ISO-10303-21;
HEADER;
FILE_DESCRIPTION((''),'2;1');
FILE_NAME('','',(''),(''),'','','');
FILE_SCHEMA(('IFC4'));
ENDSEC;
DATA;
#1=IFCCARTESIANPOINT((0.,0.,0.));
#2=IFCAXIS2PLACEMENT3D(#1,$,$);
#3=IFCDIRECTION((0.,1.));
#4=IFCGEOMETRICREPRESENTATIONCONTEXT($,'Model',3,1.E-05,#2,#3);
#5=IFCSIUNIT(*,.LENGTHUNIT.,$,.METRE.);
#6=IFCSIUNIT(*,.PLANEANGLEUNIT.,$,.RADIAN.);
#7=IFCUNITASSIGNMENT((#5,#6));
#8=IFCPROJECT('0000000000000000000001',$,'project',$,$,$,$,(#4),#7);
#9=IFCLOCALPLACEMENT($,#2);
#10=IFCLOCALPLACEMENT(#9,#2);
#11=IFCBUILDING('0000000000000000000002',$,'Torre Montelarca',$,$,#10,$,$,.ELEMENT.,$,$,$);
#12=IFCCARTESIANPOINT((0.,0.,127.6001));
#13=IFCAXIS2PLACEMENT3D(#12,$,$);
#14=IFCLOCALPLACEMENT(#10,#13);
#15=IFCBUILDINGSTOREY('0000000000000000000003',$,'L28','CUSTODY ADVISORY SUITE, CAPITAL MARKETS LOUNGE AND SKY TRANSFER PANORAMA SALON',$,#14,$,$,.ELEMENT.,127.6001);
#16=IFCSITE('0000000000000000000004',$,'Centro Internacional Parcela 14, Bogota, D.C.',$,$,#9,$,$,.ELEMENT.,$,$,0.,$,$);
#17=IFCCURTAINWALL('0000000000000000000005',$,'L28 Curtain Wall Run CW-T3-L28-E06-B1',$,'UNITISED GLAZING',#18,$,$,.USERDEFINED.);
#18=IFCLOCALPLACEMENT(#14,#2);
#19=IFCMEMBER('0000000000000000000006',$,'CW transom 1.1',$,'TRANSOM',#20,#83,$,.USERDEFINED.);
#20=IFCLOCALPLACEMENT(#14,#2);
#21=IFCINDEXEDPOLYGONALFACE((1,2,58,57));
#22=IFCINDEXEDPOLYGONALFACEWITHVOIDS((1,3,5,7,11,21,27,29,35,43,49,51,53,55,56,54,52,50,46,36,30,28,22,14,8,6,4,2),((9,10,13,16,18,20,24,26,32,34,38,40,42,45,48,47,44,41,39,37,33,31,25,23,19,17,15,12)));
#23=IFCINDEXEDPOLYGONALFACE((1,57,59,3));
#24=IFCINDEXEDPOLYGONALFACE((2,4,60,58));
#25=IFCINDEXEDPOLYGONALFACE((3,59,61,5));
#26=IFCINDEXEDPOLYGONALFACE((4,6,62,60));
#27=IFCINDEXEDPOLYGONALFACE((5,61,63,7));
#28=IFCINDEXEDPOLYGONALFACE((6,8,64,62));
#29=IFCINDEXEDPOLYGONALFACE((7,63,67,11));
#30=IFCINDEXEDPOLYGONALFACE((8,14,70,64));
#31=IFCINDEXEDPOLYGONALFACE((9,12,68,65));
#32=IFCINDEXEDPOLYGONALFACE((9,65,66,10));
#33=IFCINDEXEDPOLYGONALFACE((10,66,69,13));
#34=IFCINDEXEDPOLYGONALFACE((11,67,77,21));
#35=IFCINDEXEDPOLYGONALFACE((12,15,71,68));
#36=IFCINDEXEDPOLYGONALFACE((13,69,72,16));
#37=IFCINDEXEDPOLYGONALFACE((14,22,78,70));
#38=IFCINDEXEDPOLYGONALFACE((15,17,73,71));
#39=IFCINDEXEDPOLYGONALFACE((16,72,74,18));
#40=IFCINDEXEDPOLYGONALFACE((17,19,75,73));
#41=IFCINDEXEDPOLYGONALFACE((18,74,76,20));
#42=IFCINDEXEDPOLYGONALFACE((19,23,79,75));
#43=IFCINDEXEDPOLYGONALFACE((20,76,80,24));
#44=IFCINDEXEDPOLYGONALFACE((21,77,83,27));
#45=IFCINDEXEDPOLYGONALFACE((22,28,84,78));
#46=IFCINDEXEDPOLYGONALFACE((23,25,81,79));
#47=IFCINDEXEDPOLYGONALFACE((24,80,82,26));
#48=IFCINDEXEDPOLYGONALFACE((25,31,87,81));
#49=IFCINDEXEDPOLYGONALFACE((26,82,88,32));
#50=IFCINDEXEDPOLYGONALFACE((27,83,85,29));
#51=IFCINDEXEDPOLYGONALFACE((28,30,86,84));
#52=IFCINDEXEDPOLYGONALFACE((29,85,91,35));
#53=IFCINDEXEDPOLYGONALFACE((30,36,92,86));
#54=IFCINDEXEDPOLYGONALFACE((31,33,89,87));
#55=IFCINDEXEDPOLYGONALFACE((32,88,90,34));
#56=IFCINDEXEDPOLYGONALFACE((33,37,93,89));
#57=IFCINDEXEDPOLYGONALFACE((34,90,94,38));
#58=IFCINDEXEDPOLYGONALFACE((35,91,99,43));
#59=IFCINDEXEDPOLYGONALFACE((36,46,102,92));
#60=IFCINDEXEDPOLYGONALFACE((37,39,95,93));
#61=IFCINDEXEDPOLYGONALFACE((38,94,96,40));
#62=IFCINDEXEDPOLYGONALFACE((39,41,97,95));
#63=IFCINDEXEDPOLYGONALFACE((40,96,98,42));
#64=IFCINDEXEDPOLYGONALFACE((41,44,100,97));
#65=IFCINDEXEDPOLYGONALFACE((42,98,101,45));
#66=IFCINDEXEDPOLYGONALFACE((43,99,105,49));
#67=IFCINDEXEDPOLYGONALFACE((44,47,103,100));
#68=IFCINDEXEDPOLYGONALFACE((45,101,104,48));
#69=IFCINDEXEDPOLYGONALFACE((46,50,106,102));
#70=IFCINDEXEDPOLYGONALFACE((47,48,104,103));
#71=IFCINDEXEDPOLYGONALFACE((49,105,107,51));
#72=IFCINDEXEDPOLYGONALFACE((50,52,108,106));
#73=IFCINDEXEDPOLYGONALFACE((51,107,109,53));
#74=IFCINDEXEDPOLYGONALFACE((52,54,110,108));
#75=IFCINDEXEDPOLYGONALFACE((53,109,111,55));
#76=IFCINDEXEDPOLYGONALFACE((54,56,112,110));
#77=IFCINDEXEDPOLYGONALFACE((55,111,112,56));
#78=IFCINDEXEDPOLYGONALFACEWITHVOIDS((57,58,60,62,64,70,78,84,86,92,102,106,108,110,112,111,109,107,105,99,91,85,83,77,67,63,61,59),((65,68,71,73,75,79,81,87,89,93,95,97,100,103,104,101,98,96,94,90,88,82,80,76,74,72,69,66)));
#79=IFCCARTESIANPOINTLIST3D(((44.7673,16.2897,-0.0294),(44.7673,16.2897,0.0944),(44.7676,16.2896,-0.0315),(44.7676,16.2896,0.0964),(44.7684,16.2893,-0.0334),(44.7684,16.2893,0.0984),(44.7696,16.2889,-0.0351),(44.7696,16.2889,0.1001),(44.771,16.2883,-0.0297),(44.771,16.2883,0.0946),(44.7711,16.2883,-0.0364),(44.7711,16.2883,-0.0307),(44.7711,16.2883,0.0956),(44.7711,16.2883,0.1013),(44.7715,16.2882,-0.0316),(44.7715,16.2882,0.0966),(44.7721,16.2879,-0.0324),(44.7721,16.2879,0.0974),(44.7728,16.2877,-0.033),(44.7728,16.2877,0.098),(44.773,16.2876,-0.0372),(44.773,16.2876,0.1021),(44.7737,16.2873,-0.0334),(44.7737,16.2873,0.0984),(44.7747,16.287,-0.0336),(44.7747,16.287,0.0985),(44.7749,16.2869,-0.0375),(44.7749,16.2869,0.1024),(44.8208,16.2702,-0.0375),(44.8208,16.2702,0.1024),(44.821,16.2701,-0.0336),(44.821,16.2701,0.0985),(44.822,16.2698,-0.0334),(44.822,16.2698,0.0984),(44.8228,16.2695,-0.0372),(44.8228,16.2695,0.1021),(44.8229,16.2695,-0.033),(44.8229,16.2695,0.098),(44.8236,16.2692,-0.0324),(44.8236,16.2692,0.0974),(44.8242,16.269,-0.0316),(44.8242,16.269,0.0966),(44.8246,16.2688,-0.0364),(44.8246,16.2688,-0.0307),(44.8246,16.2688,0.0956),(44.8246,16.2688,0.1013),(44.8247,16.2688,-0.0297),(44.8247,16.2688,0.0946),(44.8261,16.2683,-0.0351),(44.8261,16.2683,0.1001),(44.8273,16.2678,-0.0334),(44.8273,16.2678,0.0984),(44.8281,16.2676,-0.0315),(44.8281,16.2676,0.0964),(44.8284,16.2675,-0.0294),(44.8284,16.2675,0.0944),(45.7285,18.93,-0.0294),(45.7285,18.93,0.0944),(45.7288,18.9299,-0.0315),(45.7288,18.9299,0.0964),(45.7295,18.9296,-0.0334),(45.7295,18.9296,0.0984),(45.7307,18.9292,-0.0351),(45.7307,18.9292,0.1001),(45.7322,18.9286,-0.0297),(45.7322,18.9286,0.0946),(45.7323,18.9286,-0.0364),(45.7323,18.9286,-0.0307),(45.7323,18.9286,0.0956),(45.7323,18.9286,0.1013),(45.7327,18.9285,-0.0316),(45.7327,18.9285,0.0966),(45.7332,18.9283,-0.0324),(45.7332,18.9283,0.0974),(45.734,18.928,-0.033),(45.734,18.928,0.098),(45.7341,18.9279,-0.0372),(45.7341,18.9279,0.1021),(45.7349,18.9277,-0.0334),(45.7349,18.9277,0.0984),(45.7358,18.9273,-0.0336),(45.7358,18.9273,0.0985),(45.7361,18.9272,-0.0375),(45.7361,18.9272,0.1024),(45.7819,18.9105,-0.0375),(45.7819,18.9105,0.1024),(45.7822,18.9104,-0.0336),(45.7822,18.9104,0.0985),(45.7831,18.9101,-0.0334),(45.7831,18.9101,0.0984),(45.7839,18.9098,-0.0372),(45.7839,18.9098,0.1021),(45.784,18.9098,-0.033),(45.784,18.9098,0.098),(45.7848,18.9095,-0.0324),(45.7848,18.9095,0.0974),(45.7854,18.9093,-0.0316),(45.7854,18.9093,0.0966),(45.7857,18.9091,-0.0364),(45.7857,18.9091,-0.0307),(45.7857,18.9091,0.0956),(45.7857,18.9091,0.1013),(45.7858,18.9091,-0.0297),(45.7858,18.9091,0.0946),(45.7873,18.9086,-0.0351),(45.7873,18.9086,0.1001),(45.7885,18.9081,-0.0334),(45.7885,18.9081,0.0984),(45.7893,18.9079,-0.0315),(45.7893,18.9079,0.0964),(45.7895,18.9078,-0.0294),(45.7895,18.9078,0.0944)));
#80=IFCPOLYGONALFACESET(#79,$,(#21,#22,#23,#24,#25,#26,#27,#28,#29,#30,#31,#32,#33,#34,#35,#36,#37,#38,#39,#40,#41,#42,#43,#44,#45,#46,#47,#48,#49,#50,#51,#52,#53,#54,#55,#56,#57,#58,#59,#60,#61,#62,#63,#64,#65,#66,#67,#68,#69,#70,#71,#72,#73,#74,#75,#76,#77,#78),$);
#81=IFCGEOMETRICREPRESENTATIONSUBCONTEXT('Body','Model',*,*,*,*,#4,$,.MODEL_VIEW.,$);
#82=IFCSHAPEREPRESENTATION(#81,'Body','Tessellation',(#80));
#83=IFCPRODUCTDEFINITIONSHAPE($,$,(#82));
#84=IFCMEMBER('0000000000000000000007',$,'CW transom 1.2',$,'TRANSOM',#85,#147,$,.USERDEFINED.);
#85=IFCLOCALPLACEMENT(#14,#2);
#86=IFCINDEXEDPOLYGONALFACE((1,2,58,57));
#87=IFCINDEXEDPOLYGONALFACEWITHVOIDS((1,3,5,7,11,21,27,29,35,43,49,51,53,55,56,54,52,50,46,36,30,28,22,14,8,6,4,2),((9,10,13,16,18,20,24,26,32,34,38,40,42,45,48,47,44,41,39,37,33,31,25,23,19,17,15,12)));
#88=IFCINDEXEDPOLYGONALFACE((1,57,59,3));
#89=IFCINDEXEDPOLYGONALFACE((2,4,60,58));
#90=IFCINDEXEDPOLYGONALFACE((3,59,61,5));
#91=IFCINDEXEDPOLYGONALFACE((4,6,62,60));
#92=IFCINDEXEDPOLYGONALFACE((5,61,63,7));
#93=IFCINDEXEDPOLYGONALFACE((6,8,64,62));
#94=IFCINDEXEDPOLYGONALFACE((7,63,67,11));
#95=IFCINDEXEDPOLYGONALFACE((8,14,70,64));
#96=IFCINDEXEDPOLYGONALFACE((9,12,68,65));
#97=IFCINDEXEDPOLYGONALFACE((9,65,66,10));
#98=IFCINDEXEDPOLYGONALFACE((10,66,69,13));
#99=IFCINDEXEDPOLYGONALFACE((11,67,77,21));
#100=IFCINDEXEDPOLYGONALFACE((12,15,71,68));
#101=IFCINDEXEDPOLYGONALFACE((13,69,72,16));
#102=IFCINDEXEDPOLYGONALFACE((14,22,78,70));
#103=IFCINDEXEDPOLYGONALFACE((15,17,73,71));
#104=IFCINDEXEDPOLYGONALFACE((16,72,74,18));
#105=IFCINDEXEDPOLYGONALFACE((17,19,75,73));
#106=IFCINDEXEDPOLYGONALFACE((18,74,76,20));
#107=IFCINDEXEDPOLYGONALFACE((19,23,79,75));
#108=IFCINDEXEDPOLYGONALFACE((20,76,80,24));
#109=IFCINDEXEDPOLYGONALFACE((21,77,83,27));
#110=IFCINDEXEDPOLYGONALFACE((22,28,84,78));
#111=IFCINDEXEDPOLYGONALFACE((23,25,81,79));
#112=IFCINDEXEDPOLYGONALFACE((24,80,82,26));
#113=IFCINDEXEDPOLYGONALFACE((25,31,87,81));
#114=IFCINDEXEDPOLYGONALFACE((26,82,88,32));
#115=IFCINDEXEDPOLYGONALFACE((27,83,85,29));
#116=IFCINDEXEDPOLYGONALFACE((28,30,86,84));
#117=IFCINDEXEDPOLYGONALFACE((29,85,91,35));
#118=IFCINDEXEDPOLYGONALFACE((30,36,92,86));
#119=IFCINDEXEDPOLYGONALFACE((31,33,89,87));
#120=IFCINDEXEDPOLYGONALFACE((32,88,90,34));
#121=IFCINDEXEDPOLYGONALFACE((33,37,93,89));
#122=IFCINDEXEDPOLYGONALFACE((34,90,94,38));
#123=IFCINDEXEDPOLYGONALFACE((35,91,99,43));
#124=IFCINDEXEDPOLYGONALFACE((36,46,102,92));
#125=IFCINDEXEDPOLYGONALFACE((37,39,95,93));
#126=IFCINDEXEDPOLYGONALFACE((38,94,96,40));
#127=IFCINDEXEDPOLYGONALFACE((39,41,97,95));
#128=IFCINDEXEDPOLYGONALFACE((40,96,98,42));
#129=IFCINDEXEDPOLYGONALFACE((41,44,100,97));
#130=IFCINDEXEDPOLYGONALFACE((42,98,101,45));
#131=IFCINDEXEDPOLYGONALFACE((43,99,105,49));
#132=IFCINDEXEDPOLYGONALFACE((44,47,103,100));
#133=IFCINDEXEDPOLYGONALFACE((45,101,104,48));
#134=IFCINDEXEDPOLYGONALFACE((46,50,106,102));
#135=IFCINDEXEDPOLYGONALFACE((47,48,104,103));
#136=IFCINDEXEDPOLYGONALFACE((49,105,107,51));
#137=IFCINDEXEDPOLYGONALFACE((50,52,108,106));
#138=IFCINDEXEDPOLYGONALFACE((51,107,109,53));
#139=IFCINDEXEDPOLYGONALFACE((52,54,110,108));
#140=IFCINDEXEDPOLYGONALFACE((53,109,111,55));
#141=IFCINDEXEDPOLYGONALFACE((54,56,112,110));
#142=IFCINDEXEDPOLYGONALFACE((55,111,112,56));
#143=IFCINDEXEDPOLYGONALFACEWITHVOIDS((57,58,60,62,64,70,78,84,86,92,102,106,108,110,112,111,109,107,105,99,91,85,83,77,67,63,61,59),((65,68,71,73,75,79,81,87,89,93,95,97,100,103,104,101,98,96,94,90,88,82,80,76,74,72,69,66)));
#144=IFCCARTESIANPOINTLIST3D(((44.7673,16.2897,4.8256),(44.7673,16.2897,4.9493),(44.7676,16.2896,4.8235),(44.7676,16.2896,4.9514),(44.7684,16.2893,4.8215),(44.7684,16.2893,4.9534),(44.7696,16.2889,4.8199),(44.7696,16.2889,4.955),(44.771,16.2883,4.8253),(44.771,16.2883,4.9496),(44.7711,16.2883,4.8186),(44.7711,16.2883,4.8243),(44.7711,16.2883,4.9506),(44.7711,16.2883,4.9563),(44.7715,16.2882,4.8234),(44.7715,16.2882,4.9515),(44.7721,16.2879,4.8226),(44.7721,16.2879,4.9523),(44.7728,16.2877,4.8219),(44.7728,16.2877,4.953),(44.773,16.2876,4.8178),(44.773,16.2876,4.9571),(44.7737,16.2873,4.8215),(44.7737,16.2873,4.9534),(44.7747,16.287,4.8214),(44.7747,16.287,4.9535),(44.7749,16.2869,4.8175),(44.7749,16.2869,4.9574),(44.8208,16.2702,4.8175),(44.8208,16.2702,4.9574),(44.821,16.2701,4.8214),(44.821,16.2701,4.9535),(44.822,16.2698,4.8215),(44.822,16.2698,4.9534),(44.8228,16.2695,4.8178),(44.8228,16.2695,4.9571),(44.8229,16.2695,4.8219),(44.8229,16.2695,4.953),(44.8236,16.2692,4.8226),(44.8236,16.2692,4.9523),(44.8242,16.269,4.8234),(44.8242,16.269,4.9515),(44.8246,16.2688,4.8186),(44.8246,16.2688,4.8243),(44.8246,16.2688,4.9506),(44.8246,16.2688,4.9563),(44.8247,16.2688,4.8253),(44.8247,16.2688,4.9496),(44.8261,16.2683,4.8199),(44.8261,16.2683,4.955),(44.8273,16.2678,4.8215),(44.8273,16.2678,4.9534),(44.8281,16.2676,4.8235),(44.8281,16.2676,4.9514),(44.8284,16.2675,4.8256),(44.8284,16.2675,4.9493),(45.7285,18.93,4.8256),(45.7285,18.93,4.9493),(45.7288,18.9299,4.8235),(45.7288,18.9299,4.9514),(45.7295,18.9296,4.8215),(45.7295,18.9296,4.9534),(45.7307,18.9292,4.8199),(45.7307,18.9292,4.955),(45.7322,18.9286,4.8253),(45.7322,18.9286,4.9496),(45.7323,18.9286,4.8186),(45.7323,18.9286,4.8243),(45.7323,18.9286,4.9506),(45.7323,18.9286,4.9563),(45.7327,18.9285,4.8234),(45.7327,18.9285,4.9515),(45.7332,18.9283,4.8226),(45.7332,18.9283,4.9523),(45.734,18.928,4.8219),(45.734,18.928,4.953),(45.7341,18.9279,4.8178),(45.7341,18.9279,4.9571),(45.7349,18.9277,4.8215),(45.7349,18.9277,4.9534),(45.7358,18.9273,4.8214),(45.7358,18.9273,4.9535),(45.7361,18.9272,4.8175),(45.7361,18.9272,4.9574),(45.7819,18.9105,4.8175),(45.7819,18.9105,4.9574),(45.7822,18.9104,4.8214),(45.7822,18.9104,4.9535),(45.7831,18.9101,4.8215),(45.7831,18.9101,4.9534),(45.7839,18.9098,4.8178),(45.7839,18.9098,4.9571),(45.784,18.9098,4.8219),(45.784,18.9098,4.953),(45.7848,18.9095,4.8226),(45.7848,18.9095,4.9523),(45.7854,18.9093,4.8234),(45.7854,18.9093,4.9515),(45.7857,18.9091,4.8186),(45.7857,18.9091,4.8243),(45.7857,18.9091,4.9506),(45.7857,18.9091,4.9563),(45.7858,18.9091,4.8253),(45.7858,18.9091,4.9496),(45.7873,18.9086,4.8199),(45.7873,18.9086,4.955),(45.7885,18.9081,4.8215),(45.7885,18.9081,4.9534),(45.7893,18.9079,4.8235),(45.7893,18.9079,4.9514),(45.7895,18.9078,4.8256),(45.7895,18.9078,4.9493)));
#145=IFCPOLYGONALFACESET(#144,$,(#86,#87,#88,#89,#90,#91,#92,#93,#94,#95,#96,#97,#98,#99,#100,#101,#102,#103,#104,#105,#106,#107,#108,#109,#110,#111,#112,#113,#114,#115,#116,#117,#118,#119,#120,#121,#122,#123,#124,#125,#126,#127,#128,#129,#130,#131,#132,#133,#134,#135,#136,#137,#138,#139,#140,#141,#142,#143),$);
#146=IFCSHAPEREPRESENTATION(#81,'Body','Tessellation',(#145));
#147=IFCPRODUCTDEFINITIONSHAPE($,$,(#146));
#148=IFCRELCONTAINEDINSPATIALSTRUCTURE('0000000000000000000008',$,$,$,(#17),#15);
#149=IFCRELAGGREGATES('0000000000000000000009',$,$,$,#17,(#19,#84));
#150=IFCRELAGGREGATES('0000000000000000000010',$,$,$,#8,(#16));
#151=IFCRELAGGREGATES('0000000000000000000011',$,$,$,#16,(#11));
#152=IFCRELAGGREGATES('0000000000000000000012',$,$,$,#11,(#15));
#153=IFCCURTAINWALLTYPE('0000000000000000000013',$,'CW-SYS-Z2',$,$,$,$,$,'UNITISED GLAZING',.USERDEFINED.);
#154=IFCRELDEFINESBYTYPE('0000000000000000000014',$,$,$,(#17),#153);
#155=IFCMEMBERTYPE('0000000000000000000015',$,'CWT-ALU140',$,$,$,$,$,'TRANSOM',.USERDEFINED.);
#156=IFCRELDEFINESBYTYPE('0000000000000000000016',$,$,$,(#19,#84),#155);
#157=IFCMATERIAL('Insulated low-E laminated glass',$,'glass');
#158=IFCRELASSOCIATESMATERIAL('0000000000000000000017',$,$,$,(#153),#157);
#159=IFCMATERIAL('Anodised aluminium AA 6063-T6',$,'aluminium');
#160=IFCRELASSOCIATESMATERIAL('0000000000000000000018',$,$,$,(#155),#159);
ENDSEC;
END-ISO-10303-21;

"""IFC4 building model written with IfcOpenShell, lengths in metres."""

from ifc_helpers import new_model, si_unit, direction, frame, origin, origin_2d, place, context, subcontext, project, spatial, hollow_rectangle, extrude, source, transform, mapped, material, material_profile, profile_set, type_object, element, aggregate, save


model = new_model("IFC4")

# Units and contexts
model_context = context("Model", 3, precision=1e-05, world=origin(), true_north=direction((0.0, 1.0)))
body_context = subcontext(model_context, "Body", "Model", "MODEL_VIEW")
ifc_project = project(units=[si_unit("LENGTHUNIT", "METRE"), si_unit("PLANEANGLEUNIT", "RADIAN")], contexts=[model_context])

# Site, building, storey
site_placement = place(None, origin())
site = spatial("IfcSite", under=ifc_project, at=site_placement, Name="Centro Internacional Parcela 14, Bogota, D.C.", CompositionType="ELEMENT", RefElevation=0.0)
building_placement = place(site_placement, origin())
building = spatial("IfcBuilding", under=site, at=building_placement, Name="Torre Montelarca", CompositionType="ELEMENT")
storey_placement = place(building_placement, frame((0.0, 0.0, 127.6001)))
storey = spatial("IfcBuildingStorey", under=building, at=storey_placement, Name="L28", Description="CUSTODY ADVISORY SUITE, CAPITAL MARKETS LOUNGE AND SKY TRANSFER PANORAMA SALON", CompositionType="ELEMENT", Elevation=127.6001)

# Shared definitions
ifc_material_1 = material(Name="Insulated low-E laminated glass", Category="glass")
curtain_wall_type = type_object("IfcCurtainWallType", Name="CW-SYS-Z2", ElementType="UNITISED GLAZING", PredefinedType="USERDEFINED", material=ifc_material_1)
ifc_material_2 = material(Name="Anodised aluminium AA 6063-T6", Category="aluminium")
ifc_material_profile_1 = material_profile(ifc_material_2, hollow_rectangle(XDim=0.0649, YDim=0.1399, WallThickness=0.0039, InnerFilletRadius=0.0039, OuterFilletRadius=0.0081, at=origin_2d()), Name="ALU65X140X4", Category="aluminium")
ifc_profile_set_1 = profile_set([ifc_material_profile_1], Name="Anodised aluminium AA 6063-T6")
member_type_1 = type_object("IfcMemberType", Name="CWT-ALU140", ElementType="TRANSOM", PredefinedType="USERDEFINED", material=ifc_profile_set_1)

# Curtain wall, members
curtain_wall_1_placement = place(storey_placement, origin())
curtain_wall_1 = element("IfcCurtainWall", 1, at=curtain_wall_1_placement, inside=storey, type_object=curtain_wall_type, Name="L28 Curtain Wall Run CW-T3-L28-E06-B1", ObjectType="UNITISED GLAZING", PredefinedType="USERDEFINED")
shared_shape_1 = source(origin(), body_context, "Body", "SweptSolid", [
    extrude(hollow_rectangle(XDim=0.0649, YDim=0.1399, WallThickness=0.0039, InnerFilletRadius=0.0039, OuterFilletRadius=0.0081, at=origin_2d()), origin(), (0.0, 0.0, 1.0), 2.8098),
])
member_1_placement = place(storey_placement, frame((44.7979, 16.2786, 0.0325), z_axis=(0.342071, 0.939674, 0.0), x_axis=(-0.939674, 0.342071, 0.0)))
member_1 = element("IfcMember", 2, at=member_1_placement, type_object=member_type_1, Name="CW transom 1.1", ObjectType="TRANSOM", PredefinedType="USERDEFINED", context=body_context, shape_type="MappedRepresentation", body=[
    mapped(shared_shape_1, transform((0.0, 0.0, 0.0), scale=1.0)),
])
member_2_placement = place(storey_placement, frame((44.7979, 16.2786, 4.8875), z_axis=(0.342071, 0.939674, 0.0), x_axis=(-0.939674, 0.342071, 0.0)))
member_2 = element("IfcMember", 3, at=member_2_placement, type_object=member_type_1, Name="CW transom 1.2", ObjectType="TRANSOM", PredefinedType="USERDEFINED", context=body_context, shape_type="MappedRepresentation", body=[
    mapped(shared_shape_1, transform((0.0, 0.0, 0.0), scale=1.0)),
])

aggregate(curtain_wall_1, [member_1, member_2])

save(model, "model.ifc")
